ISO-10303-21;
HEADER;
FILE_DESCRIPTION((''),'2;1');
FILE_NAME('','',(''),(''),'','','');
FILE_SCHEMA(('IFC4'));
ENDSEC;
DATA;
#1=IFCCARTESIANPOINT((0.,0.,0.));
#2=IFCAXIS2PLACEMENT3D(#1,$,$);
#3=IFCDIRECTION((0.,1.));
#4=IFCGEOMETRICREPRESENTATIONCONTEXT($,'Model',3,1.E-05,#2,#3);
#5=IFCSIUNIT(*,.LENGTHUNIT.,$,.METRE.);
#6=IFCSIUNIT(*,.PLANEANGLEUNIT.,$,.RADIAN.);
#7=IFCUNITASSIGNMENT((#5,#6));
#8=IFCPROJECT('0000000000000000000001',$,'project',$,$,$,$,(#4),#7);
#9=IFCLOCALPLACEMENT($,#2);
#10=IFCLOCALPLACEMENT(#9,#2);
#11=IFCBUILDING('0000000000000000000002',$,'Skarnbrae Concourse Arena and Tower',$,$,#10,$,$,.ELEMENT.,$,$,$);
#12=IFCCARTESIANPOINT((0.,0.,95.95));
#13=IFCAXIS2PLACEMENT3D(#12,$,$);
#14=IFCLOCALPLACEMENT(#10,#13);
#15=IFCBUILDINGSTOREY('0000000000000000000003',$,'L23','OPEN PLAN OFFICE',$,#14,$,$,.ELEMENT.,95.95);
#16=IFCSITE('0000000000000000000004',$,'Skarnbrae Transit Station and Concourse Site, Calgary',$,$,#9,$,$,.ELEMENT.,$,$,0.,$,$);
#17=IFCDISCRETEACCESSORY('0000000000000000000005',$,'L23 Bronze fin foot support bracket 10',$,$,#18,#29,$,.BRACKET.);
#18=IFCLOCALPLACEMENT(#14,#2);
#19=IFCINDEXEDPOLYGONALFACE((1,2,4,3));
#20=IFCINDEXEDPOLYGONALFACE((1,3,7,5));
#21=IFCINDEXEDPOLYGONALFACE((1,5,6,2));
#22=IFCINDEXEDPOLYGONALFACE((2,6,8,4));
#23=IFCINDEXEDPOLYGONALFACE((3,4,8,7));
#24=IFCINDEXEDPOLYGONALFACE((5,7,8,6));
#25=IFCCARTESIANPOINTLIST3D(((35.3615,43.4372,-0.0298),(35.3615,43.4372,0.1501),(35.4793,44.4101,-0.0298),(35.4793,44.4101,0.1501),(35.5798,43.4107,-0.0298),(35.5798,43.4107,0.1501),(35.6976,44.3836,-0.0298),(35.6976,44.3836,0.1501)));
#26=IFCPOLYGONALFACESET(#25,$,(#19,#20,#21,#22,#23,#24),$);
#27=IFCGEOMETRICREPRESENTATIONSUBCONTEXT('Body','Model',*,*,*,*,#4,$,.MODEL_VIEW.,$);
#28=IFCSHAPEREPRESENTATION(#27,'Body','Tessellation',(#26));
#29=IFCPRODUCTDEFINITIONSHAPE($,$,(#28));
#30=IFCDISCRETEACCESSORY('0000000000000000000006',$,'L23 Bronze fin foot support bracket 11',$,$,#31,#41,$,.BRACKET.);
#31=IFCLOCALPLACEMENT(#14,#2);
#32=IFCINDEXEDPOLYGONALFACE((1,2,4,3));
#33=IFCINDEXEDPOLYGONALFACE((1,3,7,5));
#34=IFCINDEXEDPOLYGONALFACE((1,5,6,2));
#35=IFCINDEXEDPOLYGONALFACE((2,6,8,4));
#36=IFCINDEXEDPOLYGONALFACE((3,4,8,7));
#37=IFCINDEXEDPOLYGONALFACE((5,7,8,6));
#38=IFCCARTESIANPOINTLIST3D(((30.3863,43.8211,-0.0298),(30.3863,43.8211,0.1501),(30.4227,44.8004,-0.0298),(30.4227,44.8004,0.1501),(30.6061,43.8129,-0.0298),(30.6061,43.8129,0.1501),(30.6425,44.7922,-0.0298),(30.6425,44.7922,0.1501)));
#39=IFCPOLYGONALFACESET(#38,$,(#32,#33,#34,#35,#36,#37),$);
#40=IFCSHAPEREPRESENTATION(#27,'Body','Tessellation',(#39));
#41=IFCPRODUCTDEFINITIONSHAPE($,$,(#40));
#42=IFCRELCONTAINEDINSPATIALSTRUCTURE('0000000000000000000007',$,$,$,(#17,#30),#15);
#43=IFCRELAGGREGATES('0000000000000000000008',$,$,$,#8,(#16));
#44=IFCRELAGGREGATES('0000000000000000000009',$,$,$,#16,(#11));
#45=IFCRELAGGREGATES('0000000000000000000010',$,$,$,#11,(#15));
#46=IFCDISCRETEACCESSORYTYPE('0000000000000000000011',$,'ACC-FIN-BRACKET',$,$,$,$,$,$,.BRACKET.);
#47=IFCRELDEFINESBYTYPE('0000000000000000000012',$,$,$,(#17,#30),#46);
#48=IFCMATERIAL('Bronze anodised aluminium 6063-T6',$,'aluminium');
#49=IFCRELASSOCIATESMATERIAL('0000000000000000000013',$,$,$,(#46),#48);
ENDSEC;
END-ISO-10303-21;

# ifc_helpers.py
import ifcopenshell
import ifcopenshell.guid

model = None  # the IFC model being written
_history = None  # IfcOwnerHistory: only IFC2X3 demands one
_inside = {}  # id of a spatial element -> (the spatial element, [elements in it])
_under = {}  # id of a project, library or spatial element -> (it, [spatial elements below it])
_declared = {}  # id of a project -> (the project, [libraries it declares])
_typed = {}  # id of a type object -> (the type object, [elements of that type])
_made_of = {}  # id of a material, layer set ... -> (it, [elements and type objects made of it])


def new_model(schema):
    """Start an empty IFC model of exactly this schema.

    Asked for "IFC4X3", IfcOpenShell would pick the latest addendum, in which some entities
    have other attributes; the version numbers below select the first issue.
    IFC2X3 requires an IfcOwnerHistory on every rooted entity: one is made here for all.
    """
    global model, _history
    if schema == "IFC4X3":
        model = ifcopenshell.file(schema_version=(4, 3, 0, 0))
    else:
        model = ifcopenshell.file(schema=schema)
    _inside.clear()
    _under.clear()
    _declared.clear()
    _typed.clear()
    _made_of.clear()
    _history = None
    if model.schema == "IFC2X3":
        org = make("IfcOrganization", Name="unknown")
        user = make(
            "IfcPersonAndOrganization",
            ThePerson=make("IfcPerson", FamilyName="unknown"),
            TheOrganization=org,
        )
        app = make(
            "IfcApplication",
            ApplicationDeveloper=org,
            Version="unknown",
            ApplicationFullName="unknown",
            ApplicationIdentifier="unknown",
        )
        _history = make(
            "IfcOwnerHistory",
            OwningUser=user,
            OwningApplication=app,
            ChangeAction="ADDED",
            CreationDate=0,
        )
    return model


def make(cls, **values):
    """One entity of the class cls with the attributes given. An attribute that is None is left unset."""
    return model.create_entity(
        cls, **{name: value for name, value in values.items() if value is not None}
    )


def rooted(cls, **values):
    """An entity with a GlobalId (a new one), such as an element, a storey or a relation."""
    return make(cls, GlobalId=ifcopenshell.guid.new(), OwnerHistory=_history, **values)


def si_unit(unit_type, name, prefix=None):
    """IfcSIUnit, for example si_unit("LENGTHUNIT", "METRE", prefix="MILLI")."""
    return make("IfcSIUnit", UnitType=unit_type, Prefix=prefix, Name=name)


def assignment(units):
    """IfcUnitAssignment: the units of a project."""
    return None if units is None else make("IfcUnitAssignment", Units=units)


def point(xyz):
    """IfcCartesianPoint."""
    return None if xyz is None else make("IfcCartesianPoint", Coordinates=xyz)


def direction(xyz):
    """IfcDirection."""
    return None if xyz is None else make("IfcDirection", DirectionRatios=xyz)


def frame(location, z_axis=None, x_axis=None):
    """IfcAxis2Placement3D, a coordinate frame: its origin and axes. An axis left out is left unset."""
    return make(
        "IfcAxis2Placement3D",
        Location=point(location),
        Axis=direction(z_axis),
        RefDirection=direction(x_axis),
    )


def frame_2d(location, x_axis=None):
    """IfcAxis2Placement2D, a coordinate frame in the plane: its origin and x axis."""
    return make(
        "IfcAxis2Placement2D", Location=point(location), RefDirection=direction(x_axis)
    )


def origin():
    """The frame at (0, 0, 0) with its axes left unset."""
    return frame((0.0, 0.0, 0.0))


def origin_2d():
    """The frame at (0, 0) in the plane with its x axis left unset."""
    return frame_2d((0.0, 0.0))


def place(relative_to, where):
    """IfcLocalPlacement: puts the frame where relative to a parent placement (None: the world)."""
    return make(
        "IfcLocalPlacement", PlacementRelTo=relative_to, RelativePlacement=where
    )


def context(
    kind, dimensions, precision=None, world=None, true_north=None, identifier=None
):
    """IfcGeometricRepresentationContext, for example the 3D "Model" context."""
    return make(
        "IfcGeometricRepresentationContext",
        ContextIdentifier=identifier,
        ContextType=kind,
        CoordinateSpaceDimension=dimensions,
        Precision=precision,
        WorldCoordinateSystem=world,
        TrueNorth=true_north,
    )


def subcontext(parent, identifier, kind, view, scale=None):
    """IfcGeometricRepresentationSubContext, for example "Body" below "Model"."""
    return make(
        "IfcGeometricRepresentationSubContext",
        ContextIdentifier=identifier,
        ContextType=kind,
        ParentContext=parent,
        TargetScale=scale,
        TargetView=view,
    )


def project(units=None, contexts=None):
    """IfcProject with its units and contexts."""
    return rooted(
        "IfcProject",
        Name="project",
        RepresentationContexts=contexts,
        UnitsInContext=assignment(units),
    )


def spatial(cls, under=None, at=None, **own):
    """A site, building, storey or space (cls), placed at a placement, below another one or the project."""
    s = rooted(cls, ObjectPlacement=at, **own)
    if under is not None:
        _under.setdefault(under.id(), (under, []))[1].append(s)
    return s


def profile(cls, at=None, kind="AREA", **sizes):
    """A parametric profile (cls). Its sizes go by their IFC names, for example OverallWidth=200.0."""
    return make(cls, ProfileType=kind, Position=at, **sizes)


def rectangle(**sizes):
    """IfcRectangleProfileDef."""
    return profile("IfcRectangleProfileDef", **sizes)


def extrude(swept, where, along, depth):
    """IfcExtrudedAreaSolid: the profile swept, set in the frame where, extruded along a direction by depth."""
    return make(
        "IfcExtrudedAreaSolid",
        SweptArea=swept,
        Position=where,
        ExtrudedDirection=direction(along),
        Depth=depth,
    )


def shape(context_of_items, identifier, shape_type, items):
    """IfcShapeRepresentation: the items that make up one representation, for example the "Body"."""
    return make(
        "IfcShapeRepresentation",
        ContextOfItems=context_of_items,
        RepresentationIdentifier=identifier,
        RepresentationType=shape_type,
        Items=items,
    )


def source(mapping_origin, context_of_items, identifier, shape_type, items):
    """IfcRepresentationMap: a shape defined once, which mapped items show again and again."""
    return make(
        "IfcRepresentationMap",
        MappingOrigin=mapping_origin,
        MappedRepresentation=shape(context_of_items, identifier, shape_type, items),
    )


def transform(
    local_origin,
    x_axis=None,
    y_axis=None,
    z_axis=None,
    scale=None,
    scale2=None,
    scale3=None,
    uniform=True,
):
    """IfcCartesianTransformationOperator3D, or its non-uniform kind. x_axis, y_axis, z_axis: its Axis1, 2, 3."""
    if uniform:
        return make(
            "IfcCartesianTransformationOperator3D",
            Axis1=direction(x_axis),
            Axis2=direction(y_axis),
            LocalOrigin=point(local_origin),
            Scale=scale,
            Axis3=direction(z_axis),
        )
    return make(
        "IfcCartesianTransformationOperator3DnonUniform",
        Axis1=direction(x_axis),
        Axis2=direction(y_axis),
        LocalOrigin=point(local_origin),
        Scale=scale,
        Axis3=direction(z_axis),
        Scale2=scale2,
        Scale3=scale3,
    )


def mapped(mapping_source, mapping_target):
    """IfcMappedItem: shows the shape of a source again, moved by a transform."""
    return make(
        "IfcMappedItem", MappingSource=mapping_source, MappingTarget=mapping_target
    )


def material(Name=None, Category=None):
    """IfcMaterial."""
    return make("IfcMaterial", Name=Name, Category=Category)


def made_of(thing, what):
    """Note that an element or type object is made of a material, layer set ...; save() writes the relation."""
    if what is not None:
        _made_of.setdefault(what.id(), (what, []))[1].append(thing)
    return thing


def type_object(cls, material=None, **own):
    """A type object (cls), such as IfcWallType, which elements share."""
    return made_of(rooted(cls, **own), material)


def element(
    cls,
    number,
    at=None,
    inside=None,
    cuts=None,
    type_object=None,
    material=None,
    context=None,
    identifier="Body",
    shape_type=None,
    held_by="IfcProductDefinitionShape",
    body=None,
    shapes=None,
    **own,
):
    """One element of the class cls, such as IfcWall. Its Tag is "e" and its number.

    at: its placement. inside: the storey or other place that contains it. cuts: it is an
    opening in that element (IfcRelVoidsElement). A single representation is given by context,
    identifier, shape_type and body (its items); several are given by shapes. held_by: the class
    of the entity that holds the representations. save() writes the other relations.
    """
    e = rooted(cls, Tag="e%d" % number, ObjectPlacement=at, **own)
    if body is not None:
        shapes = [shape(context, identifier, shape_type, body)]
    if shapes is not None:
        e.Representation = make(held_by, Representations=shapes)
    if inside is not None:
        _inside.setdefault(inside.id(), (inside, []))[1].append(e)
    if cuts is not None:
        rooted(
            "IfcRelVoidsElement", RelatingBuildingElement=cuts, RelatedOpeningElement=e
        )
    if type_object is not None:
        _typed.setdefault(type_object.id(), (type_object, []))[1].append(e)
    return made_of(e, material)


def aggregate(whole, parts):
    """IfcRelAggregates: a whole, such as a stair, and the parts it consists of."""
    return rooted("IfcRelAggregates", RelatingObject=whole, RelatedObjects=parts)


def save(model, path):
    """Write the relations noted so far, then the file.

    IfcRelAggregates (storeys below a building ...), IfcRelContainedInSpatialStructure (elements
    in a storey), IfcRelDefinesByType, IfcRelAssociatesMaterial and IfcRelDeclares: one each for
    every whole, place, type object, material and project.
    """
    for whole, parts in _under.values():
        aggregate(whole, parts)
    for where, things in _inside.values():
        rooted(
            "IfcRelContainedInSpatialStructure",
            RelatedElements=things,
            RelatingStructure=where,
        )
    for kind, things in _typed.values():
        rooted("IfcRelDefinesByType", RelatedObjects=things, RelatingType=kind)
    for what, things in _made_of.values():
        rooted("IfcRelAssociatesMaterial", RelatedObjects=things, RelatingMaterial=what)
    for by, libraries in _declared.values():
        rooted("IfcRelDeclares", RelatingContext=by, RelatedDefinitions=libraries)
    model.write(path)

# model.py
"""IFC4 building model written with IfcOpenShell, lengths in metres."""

from ifc_helpers import new_model, si_unit, direction, frame, origin, origin_2d, place, context, subcontext, project, spatial, rectangle, extrude, source, transform, mapped, material, type_object, element, save


model = new_model("IFC4")

# Units and contexts
model_context = context("Model", 3, precision=1e-05, world=origin(), true_north=direction((0.0, 1.0)))
body_context = subcontext(model_context, "Body", "Model", "MODEL_VIEW")
ifc_project = project(units=[si_unit("LENGTHUNIT", "METRE"), si_unit("PLANEANGLEUNIT", "RADIAN")], contexts=[model_context])

# Site, building, storey
site_placement = place(None, origin())
site = spatial("IfcSite", under=ifc_project, at=site_placement, Name="Skarnbrae Transit Station and Concourse Site, Calgary", CompositionType="ELEMENT", RefElevation=0.0)
building_placement = place(site_placement, origin())
building = spatial("IfcBuilding", under=site, at=building_placement, Name="Skarnbrae Concourse Arena and Tower", CompositionType="ELEMENT")
storey_placement = place(building_placement, frame((0.0, 0.0, 95.95)))
storey = spatial("IfcBuildingStorey", under=building, at=storey_placement, Name="L23", Description="OPEN PLAN OFFICE", CompositionType="ELEMENT", Elevation=95.95)

# Shared definitions
ifc_material_1 = material(Name="Bronze anodised aluminium 6063-T6", Category="aluminium")

# Discrete accessories
discrete_accessory_type = type_object("IfcDiscreteAccessoryType", Name="ACC-FIN-BRACKET", PredefinedType="BRACKET", material=ifc_material_1)
shared_shape_1 = source(origin(), body_context, "Body", "SweptSolid", [
    extrude(rectangle(XDim=0.22, YDim=0.98, at=origin_2d()), origin(), (0.0, 0.0, 1.0), 0.1799),
])
for number, where, z_axis, x_axis, name in (
    (1, (35.5295, 43.9104, -0.0298), (0.0, 0.0, 1.0), (0.992749, -0.120206, 0.0), "L23 Bronze fin foot support bracket 10"),
    (2, (30.5144, 44.3066, -0.0298), (0.0, 0.0, 1.0), (0.999308, -0.037184, 0.0), "L23 Bronze fin foot support bracket 11"),
):
    element("IfcDiscreteAccessory", number, at=place(storey_placement, frame(where, z_axis=z_axis, x_axis=x_axis)), inside=storey, type_object=discrete_accessory_type, Name=name, PredefinedType="BRACKET", context=body_context, shape_type="MappedRepresentation", body=[
        mapped(shared_shape_1, transform((0.0, 0.0, 0.0))),
    ])

save(model, "model.ifc")
